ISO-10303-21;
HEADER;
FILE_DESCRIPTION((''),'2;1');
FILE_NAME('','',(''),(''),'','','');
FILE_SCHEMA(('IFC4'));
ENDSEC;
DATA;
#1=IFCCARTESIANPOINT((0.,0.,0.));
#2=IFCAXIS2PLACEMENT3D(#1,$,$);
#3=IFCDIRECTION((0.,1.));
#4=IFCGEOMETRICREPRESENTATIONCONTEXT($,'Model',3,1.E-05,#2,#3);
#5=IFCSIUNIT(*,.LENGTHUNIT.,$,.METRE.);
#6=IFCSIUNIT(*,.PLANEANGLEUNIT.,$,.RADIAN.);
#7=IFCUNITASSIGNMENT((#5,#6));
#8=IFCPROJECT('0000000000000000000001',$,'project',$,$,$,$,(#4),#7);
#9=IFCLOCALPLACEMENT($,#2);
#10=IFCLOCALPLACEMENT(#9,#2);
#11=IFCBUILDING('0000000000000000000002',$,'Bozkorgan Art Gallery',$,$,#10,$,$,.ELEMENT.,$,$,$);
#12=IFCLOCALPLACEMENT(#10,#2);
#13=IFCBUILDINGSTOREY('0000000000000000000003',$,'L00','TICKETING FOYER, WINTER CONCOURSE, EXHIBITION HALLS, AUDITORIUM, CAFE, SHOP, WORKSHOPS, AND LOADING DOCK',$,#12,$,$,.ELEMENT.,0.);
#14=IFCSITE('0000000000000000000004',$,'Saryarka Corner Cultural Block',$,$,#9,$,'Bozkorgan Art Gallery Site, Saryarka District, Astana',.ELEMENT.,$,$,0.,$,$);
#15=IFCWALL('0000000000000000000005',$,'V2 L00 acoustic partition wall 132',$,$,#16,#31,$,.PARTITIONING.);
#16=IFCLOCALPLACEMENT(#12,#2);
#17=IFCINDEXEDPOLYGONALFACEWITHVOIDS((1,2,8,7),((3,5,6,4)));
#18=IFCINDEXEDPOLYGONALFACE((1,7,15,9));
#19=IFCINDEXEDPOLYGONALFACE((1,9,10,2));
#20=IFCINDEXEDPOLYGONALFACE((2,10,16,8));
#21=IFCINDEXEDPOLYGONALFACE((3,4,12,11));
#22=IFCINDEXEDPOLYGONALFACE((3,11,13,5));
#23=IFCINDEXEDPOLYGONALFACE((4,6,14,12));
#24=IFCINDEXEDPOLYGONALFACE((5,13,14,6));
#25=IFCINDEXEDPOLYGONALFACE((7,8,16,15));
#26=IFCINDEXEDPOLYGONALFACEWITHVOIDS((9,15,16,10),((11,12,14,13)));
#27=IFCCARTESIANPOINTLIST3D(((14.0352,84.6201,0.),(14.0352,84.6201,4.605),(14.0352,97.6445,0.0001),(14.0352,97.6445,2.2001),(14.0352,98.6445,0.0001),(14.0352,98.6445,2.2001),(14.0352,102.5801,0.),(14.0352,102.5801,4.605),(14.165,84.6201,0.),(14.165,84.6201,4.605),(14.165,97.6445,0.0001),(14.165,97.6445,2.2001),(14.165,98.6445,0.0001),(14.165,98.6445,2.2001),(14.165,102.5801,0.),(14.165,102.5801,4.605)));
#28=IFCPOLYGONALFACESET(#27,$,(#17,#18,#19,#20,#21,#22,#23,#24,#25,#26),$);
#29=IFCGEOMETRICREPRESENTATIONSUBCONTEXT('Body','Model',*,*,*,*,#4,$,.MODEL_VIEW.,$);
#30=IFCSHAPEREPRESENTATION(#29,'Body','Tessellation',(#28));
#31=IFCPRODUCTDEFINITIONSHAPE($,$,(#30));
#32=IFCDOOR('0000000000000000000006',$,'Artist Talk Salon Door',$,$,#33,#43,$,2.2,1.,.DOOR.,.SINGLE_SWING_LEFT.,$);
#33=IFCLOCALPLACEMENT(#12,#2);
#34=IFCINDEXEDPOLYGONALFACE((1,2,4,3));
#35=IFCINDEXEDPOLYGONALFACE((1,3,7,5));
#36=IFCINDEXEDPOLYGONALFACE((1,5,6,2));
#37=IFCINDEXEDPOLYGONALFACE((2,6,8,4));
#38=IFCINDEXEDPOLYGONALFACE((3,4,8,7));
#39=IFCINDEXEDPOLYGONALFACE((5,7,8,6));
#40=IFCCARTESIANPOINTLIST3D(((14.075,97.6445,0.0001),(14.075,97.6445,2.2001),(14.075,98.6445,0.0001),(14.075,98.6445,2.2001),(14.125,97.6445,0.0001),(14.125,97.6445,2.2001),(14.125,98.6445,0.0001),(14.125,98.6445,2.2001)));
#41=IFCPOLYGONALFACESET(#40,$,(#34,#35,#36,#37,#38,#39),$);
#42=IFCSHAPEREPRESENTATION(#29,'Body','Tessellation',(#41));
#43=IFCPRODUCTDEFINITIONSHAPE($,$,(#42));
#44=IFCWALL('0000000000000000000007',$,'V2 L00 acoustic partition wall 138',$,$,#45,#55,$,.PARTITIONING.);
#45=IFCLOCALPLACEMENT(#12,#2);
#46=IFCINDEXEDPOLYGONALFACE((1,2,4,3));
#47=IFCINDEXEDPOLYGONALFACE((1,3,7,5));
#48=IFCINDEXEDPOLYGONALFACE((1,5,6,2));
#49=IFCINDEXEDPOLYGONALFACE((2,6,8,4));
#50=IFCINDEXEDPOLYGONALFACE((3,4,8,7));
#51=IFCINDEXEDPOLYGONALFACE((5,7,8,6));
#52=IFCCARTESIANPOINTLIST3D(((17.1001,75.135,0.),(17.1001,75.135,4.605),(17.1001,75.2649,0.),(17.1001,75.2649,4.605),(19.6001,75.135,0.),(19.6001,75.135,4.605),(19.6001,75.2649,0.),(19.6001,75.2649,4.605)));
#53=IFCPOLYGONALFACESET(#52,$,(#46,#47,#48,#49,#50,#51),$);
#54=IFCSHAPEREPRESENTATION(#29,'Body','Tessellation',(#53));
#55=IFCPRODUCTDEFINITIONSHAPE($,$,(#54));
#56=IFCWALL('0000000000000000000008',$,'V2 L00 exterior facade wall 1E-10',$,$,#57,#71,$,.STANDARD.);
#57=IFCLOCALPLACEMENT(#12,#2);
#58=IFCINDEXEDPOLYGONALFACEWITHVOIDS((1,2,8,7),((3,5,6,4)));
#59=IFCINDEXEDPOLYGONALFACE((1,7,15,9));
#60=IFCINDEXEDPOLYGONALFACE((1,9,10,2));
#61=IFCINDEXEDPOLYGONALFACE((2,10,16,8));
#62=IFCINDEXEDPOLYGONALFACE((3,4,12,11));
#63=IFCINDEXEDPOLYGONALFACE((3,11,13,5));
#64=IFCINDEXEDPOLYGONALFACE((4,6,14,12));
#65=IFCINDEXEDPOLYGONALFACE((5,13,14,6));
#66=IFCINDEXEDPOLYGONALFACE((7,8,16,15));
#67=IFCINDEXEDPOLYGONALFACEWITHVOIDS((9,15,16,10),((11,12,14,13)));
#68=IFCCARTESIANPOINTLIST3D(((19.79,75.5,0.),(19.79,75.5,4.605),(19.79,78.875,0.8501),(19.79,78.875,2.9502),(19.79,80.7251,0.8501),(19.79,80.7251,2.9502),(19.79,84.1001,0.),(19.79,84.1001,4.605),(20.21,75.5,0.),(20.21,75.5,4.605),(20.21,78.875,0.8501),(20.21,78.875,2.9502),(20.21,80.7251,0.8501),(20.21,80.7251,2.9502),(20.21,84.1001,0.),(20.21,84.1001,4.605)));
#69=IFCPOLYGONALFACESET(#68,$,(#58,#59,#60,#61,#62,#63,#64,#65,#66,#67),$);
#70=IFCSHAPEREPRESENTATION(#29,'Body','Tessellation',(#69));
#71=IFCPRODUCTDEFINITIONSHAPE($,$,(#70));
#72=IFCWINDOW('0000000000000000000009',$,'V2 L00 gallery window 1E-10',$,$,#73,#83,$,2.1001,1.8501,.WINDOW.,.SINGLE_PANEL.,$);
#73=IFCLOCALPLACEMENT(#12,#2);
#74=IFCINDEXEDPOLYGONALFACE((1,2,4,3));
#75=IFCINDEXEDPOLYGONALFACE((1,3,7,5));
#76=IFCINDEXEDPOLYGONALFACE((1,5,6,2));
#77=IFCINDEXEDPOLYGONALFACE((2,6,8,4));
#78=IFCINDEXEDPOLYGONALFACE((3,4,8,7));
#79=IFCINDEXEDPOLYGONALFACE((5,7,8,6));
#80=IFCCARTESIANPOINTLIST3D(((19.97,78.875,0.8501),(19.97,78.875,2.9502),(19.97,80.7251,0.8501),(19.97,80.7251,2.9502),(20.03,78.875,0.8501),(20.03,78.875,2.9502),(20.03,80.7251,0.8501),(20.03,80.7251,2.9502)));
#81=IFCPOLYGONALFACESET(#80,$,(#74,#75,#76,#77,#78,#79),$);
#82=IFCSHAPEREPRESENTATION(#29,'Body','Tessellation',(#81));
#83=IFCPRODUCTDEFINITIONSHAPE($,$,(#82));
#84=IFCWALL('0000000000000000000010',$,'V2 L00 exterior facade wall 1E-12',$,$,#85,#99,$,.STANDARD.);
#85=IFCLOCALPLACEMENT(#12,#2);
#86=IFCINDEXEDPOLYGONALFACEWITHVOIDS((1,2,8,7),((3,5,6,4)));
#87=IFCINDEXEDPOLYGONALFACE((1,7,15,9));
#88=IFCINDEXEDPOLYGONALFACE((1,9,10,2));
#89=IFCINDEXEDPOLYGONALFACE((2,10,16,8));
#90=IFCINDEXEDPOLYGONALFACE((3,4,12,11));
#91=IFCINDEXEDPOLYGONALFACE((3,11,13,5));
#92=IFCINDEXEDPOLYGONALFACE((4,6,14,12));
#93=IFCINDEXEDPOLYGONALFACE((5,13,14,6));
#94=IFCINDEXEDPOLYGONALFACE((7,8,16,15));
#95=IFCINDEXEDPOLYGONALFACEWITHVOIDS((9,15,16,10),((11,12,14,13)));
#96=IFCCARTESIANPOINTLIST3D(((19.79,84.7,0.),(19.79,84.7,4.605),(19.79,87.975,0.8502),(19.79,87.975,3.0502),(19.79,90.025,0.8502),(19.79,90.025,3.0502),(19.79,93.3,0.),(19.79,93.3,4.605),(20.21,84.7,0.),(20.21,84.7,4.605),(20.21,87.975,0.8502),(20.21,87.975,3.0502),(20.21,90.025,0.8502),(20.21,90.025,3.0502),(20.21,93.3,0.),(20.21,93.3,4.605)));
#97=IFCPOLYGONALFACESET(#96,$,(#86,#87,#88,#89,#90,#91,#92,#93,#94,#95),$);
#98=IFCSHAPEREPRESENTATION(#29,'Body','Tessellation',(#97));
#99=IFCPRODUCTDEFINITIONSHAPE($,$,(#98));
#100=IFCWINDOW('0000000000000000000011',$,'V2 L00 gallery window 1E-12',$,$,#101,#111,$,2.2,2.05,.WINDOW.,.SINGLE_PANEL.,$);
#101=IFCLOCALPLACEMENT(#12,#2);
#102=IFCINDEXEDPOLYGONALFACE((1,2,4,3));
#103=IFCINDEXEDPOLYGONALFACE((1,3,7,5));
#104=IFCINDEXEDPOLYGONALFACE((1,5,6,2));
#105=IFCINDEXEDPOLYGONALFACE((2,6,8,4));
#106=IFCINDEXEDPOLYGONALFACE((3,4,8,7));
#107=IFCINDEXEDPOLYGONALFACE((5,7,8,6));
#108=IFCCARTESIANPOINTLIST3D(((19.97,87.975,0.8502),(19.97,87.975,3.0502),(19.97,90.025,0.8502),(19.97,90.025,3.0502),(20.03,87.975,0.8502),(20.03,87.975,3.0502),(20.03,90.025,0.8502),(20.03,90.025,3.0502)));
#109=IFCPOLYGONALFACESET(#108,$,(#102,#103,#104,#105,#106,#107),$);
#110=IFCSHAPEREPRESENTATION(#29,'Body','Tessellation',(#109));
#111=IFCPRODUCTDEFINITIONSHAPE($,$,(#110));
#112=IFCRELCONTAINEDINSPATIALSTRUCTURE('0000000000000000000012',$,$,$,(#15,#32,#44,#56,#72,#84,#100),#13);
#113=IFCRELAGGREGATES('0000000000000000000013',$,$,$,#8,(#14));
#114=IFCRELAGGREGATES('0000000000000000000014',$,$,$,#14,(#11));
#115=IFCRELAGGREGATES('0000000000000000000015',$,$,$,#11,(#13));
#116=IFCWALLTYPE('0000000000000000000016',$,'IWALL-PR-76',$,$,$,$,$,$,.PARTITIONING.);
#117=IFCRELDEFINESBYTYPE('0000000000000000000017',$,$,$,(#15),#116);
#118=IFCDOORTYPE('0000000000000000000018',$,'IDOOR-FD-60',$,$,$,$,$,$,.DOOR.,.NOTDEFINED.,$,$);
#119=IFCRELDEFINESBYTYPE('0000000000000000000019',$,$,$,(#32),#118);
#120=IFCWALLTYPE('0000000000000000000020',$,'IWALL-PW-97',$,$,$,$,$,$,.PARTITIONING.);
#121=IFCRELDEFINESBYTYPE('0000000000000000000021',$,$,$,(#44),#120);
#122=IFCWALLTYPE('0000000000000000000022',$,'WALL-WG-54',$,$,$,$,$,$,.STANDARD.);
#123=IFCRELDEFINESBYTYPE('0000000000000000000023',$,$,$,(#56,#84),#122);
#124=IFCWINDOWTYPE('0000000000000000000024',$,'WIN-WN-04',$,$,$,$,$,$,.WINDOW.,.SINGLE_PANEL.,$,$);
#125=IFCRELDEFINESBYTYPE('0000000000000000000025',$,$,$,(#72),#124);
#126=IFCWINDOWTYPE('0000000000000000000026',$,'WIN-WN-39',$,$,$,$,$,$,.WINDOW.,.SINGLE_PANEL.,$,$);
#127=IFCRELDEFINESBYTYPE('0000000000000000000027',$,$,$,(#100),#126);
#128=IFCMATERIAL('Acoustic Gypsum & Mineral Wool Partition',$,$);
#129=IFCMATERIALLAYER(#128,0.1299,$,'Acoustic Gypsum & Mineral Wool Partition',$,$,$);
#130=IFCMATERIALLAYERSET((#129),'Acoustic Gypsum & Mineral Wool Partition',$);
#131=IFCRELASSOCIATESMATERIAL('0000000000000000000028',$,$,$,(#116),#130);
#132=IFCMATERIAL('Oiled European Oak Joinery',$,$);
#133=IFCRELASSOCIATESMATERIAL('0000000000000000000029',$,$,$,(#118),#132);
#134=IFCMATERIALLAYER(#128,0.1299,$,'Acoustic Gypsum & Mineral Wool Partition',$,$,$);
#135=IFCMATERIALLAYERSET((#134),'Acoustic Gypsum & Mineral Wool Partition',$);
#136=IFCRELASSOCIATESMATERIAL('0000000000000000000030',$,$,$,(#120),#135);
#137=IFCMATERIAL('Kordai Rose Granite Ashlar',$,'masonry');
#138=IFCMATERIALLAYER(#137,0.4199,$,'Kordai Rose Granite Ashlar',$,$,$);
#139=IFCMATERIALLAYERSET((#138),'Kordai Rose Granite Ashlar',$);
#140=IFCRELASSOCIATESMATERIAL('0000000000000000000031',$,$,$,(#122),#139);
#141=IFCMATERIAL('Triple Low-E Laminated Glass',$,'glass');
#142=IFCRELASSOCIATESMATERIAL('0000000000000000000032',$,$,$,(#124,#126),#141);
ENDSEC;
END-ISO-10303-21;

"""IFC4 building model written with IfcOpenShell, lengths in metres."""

from ifc_helpers import new_model, si_unit, direction, frame, frame_2d, origin, place, context, subcontext, project, spatial, rectangle, extrude, material, layer, layer_set, type_object, element, fill, save


model = new_model("IFC4")

# Units and contexts
model_context = context("Model", 3, precision=1e-05, world=origin(), true_north=direction((0.0, 1.0)))
body_context = subcontext(model_context, "Body", "Model", "MODEL_VIEW")
ifc_project = project(units=[si_unit("LENGTHUNIT", "METRE"), si_unit("PLANEANGLEUNIT", "RADIAN")], contexts=[model_context])

# Site, building, storey
site_placement = place(None, origin())
site = spatial("IfcSite", under=ifc_project, at=site_placement, Name="Saryarka Corner Cultural Block", LongName="Bozkorgan Art Gallery Site, Saryarka District, Astana", CompositionType="ELEMENT", RefElevation=0.0)
building_placement = place(site_placement, origin())
building = spatial("IfcBuilding", under=site, at=building_placement, Name="Bozkorgan Art Gallery", CompositionType="ELEMENT")
storey_placement = place(building_placement, origin())
storey = spatial("IfcBuildingStorey", under=building, at=storey_placement, Name="L00", Description="TICKETING FOYER, WINTER CONCOURSE, EXHIBITION HALLS, AUDITORIUM, CAFE, SHOP, WORKSHOPS, AND LOADING DOCK", CompositionType="ELEMENT", Elevation=0.0)

# Wall, opening, door
ifc_material_1 = material(Name="Acoustic Gypsum & Mineral Wool Partition")
ifc_material_2 = material(Name="Oiled European Oak Joinery")
ifc_layer_1 = layer(ifc_material_1, 0.1299, Name="Acoustic Gypsum & Mineral Wool Partition")
ifc_layer_set_1 = layer_set([ifc_layer_1], Name="Acoustic Gypsum & Mineral Wool Partition")
wall_type_1 = type_object("IfcWallType", Name="IWALL-PR-76", PredefinedType="PARTITIONING", material=ifc_layer_set_1)
wall_1_placement = place(storey_placement, frame((14.1001, 84.6201, 0.0), z_axis=(0.0, 0.0, 1.0), x_axis=(0.0, 1.0, 0.0)))
wall_1 = element("IfcWall", 1, at=wall_1_placement, inside=storey, type_object=wall_type_1, Name="V2 L00 acoustic partition wall 132", PredefinedType="PARTITIONING", context=body_context, shape_type="SweptSolid", body=[
    extrude(rectangle(XDim=17.96, YDim=0.1299, at=frame_2d((8.98, 0.0))), origin(), (0.0, 0.0, 1.0), 4.605),
])
opening_1_placement = place(wall_1_placement, frame((14.0244, 0.0, 0.0), z_axis=(0.0, 0.0, 1.0), x_axis=(-1.0, 0.0, 0.0)))
opening_1 = element("IfcOpeningElement", 2, at=opening_1_placement, cuts=wall_1, PredefinedType="OPENING", context=body_context, shape_type="SweptSolid", body=[
    extrude(rectangle(XDim=1.0, YDim=2.2, at=frame_2d((0.5, 1.1001))), frame((0.0, 0.075, 0.0), z_axis=(0.0, -1.0, 0.0), x_axis=(1.0, 0.0, 0.0)), (0.0, 0.0, 1.0), 0.1499),
])
door_type_1 = type_object("IfcDoorType", Name="IDOOR-FD-60", OperationType="NOTDEFINED", PredefinedType="DOOR", material=ifc_material_2)
door_1_placement = place(opening_1_placement, origin())
door_1 = element("IfcDoor", 3, at=door_1_placement, inside=storey, type_object=door_type_1, Name="Artist Talk Salon Door", OperationType="SINGLE_SWING_LEFT", OverallHeight=2.2, OverallWidth=1.0, PredefinedType="DOOR", context=body_context, shape_type="SweptSolid", body=[
    extrude(rectangle(XDim=1.0, YDim=2.2, at=frame_2d((0.5, 1.1001))), frame((0.0, 0.0249, 0.0), z_axis=(0.0, -1.0, 0.0), x_axis=(1.0, 0.0, 0.0)), (0.0, 0.0, 1.0), 0.05),
])
fill(opening_1, door_1)

# Wall
ifc_layer_2 = layer(ifc_material_1, 0.1299, Name="Acoustic Gypsum & Mineral Wool Partition")
ifc_layer_set_2 = layer_set([ifc_layer_2], Name="Acoustic Gypsum & Mineral Wool Partition")
wall_type_2 = type_object("IfcWallType", Name="IWALL-PW-97", PredefinedType="PARTITIONING", material=ifc_layer_set_2)
wall_2_placement = place(storey_placement, frame((17.1001, 75.2, 0.0), z_axis=(0.0, 0.0, 1.0), x_axis=(1.0, 0.0, 0.0)))
element("IfcWall", 4, at=wall_2_placement, inside=storey, type_object=wall_type_2, Name="V2 L00 acoustic partition wall 138", PredefinedType="PARTITIONING", context=body_context, shape_type="SweptSolid", body=[
    extrude(rectangle(XDim=2.5, YDim=0.1299, at=frame_2d((1.25, 0.0))), origin(), (0.0, 0.0, 1.0), 4.605),
])

# Walls, openings, windows
ifc_material_3 = material(Name="Kordai Rose Granite Ashlar", Category="masonry")
ifc_layer_3 = layer(ifc_material_3, 0.4199, Name="Kordai Rose Granite Ashlar")
ifc_layer_set_3 = layer_set([ifc_layer_3], Name="Kordai Rose Granite Ashlar")
wall_type_3 = type_object("IfcWallType", Name="WALL-WG-54", PredefinedType="STANDARD", material=ifc_layer_set_3)
wall_3_placement = place(storey_placement, frame((20.0, 75.5, 0.0), z_axis=(0.0, 0.0, 1.0), x_axis=(0.0, 1.0, 0.0)))
wall_3 = element("IfcWall", 5, at=wall_3_placement, inside=storey, type_object=wall_type_3, Name="V2 L00 exterior facade wall 1E-10", PredefinedType="STANDARD", context=body_context, shape_type="SweptSolid", body=[
    extrude(rectangle(XDim=8.6001, YDim=0.4199, at=frame_2d((4.3, 0.0))), origin(), (0.0, 0.0, 1.0), 4.605),
])
opening_2_placement = place(wall_3_placement, frame((5.2251, 0.0, 0.8501), z_axis=(0.0, 0.0, 1.0), x_axis=(-1.0, 0.0, 0.0)))
opening_2 = element("IfcOpeningElement", 6, at=opening_2_placement, cuts=wall_3, PredefinedType="OPENING", context=body_context, shape_type="SweptSolid", body=[
    extrude(rectangle(XDim=1.8501, YDim=2.1001, at=frame_2d((0.925, 1.05))), frame((0.0, 0.22, 0.0), z_axis=(0.0, -1.0, 0.0), x_axis=(1.0, 0.0, 0.0)), (0.0, 0.0, 1.0), 0.4399),
])
ifc_material_4 = material(Name="Triple Low-E Laminated Glass", Category="glass")
window_type_1 = type_object("IfcWindowType", Name="WIN-WN-04", PartitioningType="SINGLE_PANEL", PredefinedType="WINDOW", material=ifc_material_4)
window_1_placement = place(opening_2_placement, origin())
window_1 = element("IfcWindow", 7, at=window_1_placement, inside=storey, type_object=window_type_1, Name="V2 L00 gallery window 1E-10", OverallHeight=2.1001, OverallWidth=1.8501, PartitioningType="SINGLE_PANEL", PredefinedType="WINDOW", context=body_context, shape_type="SweptSolid", body=[
    extrude(rectangle(XDim=1.8501, YDim=2.1001, at=frame_2d((0.925, 1.05))), frame((0.0, 0.03, 0.0), z_axis=(0.0, -1.0, 0.0), x_axis=(1.0, 0.0, 0.0)), (0.0, 0.0, 1.0), 0.0601),
])
fill(opening_2, window_1)
wall_4_placement = place(storey_placement, frame((20.0, 84.7, 0.0), z_axis=(0.0, 0.0, 1.0), x_axis=(0.0, 1.0, 0.0)))
wall_4 = element("IfcWall", 8, at=wall_4_placement, inside=storey, type_object=wall_type_3, Name="V2 L00 exterior facade wall 1E-12", PredefinedType="STANDARD", context=body_context, shape_type="SweptSolid", body=[
    extrude(rectangle(XDim=8.6001, YDim=0.4199, at=frame_2d((4.3, 0.0))), origin(), (0.0, 0.0, 1.0), 4.605),
])
opening_3_placement = place(wall_4_placement, frame((5.325, 0.0, 0.8501), z_axis=(0.0, 0.0, 1.0), x_axis=(-1.0, 0.0, 0.0)))
opening_3 = element("IfcOpeningElement", 9, at=opening_3_placement, cuts=wall_4, PredefinedType="OPENING", context=body_context, shape_type="SweptSolid", body=[
    extrude(rectangle(XDim=2.05, YDim=2.2, at=frame_2d((1.0249, 1.1001))), frame((0.0, 0.22, 0.0), z_axis=(0.0, -1.0, 0.0), x_axis=(1.0, 0.0, 0.0)), (0.0, 0.0, 1.0), 0.4399),
])
window_type_2 = type_object("IfcWindowType", Name="WIN-WN-39", PartitioningType="SINGLE_PANEL", PredefinedType="WINDOW", material=ifc_material_4)
window_2_placement = place(opening_3_placement, origin())
window_2 = element("IfcWindow", 10, at=window_2_placement, inside=storey, type_object=window_type_2, Name="V2 L00 gallery window 1E-12", OverallHeight=2.2, OverallWidth=2.05, PartitioningType="SINGLE_PANEL", PredefinedType="WINDOW", context=body_context, shape_type="SweptSolid", body=[
    extrude(rectangle(XDim=2.05, YDim=2.2, at=frame_2d((1.0249, 1.1001))), frame((0.0, 0.03, 0.0), z_axis=(0.0, -1.0, 0.0), x_axis=(1.0, 0.0, 0.0)), (0.0, 0.0, 1.0), 0.0601),
])
fill(opening_3, window_2)

save(model, "model.ifc")
